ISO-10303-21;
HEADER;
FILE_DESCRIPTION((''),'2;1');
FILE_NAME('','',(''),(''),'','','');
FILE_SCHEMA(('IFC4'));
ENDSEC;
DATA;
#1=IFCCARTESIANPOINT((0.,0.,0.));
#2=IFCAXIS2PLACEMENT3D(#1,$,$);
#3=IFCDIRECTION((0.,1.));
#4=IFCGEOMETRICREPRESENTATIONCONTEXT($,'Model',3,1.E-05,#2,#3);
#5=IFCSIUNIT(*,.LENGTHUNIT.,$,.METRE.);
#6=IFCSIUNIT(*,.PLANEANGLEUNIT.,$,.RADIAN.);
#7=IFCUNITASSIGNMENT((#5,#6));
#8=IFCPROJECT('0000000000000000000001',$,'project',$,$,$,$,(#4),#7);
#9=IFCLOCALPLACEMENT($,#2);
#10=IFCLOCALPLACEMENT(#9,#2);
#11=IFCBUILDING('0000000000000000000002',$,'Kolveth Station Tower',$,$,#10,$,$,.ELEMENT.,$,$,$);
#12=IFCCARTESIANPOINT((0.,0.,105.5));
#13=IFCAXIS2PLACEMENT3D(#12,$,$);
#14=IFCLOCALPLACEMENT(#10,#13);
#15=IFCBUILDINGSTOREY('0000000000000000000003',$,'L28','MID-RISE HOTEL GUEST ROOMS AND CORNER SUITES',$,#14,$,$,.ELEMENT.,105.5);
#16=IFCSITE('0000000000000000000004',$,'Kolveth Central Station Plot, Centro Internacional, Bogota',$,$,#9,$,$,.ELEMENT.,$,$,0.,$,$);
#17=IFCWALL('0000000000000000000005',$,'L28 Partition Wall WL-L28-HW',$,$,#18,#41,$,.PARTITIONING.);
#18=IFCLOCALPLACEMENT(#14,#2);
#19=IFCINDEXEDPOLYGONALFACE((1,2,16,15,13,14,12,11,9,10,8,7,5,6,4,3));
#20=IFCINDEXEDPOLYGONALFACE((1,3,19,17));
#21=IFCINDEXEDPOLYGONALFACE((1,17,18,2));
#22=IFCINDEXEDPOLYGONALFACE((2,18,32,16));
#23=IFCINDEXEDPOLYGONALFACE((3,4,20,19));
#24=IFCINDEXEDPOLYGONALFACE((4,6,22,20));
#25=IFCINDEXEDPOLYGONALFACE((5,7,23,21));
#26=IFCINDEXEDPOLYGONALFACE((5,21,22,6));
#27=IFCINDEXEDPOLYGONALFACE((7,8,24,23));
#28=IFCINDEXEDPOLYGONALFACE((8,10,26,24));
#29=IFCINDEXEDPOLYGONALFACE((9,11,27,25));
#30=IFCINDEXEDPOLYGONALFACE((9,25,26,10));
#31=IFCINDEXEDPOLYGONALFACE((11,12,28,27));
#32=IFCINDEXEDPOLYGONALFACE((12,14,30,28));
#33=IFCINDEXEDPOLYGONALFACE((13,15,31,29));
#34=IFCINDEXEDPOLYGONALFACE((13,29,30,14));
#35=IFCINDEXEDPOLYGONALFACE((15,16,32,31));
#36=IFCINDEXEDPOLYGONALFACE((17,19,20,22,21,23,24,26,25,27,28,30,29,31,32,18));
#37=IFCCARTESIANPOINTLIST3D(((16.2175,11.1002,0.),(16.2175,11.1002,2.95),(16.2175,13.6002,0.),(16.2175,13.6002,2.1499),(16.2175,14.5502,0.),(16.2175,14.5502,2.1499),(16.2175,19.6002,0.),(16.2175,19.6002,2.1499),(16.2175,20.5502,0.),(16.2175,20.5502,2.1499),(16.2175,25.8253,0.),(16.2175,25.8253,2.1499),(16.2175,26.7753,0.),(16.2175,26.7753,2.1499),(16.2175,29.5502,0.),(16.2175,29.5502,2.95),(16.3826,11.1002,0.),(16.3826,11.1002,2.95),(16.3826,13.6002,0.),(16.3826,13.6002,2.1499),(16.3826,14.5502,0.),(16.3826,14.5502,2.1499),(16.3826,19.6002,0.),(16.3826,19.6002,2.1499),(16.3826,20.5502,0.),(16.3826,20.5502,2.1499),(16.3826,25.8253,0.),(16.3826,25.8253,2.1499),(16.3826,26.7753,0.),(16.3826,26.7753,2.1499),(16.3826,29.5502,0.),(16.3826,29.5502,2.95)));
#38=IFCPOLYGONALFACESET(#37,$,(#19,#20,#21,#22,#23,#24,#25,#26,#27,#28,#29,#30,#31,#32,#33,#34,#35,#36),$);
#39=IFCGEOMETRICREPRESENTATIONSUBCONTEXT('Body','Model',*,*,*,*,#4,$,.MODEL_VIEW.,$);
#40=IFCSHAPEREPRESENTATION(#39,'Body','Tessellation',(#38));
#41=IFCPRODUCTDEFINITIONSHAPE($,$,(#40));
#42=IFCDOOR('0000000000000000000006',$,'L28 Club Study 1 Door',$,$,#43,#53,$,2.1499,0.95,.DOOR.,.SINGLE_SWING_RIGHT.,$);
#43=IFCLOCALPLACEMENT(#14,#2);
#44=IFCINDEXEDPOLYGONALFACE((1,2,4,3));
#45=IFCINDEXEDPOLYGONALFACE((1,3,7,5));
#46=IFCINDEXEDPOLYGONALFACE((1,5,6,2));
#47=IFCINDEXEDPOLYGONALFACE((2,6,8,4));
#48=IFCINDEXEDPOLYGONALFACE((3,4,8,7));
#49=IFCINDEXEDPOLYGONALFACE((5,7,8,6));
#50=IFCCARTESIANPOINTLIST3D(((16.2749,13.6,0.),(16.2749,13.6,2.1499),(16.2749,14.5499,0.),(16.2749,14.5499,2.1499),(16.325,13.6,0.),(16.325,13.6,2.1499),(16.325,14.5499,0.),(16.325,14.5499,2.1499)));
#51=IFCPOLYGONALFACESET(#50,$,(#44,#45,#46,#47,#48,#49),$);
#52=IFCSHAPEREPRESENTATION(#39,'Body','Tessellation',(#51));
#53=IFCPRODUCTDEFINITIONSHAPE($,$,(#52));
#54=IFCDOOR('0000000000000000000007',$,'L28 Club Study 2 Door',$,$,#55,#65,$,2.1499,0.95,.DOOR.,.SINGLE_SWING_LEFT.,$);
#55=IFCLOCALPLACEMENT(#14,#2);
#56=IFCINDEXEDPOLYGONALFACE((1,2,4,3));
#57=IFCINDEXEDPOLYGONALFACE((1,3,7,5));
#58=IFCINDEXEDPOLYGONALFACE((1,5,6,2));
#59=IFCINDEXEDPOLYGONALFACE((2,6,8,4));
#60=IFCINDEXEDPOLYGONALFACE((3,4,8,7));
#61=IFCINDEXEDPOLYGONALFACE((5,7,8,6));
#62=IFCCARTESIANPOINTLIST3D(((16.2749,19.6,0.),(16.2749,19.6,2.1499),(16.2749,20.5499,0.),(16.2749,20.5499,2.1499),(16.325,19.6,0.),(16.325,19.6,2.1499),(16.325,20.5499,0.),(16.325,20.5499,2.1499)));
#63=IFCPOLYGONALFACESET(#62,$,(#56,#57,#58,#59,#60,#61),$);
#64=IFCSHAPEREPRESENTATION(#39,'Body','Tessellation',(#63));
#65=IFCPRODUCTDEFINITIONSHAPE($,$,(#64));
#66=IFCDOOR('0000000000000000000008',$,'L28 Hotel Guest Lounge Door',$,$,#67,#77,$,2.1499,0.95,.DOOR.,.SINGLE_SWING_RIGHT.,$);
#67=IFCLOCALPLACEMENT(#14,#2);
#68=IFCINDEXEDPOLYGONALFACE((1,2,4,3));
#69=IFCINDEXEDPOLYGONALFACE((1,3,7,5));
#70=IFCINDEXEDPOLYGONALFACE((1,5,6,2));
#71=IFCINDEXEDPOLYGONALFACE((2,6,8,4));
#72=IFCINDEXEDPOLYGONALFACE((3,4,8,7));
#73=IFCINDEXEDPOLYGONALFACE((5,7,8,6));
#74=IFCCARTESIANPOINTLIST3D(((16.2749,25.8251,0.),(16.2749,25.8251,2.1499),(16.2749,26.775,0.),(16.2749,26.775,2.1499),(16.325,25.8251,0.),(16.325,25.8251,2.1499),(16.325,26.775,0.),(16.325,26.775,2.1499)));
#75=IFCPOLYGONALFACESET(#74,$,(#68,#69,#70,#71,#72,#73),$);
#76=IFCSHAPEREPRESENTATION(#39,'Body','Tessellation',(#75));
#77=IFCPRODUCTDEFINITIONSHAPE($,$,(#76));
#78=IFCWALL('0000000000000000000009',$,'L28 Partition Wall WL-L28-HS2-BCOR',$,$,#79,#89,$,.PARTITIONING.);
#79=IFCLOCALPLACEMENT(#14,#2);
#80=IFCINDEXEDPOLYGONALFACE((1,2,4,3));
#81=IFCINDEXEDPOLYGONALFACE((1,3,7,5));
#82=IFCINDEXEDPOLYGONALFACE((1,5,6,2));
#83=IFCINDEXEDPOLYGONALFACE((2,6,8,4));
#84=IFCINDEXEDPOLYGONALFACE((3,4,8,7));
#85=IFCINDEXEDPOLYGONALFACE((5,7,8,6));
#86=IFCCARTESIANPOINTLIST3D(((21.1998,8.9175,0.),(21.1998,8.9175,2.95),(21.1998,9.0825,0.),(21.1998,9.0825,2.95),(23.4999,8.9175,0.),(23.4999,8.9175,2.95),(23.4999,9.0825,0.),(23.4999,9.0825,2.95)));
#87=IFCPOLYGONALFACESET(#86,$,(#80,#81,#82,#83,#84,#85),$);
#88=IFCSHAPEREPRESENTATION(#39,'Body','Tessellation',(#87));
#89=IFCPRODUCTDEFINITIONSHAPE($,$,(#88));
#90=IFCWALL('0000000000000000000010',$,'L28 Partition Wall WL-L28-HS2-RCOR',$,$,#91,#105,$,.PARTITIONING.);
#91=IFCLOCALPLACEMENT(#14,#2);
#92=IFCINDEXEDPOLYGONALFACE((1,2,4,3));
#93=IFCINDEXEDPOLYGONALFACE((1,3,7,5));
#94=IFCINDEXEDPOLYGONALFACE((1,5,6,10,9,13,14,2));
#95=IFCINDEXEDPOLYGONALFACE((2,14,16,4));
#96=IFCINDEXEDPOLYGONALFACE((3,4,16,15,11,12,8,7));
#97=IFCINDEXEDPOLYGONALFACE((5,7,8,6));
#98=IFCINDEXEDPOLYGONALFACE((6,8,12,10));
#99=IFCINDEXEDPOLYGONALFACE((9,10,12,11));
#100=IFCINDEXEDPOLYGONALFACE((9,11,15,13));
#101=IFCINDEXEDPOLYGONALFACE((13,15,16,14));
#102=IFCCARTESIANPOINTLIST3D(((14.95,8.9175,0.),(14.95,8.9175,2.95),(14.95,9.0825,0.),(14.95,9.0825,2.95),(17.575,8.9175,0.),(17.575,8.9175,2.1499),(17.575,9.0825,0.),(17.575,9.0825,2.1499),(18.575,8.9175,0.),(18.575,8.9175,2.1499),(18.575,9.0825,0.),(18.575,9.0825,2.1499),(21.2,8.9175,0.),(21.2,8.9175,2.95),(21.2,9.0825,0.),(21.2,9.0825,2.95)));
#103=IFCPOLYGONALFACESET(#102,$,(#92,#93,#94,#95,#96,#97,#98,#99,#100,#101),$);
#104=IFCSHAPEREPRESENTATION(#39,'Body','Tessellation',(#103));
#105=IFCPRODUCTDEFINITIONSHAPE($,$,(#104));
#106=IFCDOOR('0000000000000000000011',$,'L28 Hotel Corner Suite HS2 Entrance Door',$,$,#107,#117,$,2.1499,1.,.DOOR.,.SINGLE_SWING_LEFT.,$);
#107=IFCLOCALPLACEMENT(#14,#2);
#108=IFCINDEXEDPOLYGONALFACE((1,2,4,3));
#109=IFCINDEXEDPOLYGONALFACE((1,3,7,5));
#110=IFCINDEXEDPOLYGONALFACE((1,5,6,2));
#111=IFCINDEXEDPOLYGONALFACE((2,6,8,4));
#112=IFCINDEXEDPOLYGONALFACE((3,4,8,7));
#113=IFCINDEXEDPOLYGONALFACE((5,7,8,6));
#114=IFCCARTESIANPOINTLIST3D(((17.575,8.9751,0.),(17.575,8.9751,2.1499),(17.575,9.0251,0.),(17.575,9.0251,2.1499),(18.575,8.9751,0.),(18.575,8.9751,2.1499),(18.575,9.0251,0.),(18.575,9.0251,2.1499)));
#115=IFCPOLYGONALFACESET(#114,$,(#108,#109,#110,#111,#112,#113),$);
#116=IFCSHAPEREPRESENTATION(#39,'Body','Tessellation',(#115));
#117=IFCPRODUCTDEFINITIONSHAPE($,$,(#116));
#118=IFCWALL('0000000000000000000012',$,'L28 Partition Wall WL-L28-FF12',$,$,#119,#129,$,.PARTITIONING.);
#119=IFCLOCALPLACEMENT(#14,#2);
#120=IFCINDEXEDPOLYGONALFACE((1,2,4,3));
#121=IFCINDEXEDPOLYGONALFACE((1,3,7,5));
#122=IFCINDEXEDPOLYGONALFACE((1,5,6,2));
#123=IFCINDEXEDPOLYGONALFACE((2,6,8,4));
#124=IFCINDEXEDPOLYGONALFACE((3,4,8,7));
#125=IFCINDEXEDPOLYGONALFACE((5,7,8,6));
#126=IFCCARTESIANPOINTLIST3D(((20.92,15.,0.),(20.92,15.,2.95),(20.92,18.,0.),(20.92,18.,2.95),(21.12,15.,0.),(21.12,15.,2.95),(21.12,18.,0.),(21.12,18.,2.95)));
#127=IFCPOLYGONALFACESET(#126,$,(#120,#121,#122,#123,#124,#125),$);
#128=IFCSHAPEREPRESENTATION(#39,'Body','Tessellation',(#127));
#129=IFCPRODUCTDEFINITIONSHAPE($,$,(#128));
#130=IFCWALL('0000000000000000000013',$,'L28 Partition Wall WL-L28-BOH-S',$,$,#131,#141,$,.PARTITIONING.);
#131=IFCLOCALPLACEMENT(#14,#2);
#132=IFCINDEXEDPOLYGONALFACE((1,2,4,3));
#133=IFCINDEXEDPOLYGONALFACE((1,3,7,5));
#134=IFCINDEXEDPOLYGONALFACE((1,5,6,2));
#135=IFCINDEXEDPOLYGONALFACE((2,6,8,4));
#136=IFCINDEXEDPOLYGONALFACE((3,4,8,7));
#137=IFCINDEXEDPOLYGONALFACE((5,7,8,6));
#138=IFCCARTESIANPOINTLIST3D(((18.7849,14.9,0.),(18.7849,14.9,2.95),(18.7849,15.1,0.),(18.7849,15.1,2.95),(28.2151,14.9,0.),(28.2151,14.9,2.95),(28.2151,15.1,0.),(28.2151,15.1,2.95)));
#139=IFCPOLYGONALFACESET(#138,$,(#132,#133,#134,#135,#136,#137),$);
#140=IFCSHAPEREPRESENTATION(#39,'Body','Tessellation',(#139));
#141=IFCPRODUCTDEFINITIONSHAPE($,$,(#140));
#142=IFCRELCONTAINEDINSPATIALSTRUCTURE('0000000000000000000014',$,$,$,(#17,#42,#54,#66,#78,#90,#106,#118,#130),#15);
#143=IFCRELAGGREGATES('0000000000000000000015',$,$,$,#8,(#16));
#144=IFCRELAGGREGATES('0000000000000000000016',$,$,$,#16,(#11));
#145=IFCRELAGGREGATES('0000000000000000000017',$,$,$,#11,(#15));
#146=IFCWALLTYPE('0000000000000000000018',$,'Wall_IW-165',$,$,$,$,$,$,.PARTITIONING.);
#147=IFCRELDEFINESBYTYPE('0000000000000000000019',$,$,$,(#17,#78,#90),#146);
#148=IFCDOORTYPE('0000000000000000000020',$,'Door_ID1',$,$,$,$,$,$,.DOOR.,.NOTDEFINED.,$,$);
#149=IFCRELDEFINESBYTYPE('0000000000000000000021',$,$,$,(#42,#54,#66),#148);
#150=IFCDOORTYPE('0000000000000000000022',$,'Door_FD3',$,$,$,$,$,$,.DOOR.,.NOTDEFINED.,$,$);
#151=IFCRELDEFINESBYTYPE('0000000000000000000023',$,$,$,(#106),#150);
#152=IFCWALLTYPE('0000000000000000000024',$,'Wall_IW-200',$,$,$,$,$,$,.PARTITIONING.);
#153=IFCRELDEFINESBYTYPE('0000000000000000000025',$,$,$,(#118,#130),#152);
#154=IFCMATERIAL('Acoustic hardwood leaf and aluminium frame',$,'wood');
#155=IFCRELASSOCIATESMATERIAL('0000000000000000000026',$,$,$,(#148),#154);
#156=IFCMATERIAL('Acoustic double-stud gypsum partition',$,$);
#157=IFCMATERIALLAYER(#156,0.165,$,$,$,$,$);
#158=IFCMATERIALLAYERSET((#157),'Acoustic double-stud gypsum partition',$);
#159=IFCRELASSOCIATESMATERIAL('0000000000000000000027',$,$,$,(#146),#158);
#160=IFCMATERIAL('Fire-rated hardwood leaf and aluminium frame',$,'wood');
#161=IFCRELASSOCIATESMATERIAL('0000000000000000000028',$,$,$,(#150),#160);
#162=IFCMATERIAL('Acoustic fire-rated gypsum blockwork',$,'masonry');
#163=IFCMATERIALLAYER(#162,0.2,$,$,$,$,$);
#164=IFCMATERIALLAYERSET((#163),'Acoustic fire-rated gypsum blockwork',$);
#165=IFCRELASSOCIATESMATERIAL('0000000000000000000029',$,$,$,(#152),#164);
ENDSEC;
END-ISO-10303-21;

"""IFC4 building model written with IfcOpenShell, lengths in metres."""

from ifc_helpers import new_model, si_unit, direction, frame, frame_2d, origin, place, context, subcontext, project, spatial, rectangle, extrude, material, layer, layer_set, type_object, element, fill, save


model = new_model("IFC4")

# Units and contexts
model_context = context("Model", 3, precision=1e-05, world=origin(), true_north=direction((0.0, 1.0)))
body_context = subcontext(model_context, "Body", "Model", "MODEL_VIEW")
ifc_project = project(units=[si_unit("LENGTHUNIT", "METRE"), si_unit("PLANEANGLEUNIT", "RADIAN")], contexts=[model_context])

# Site, building, storey
site_placement = place(None, origin())
site = spatial("IfcSite", under=ifc_project, at=site_placement, Name="Kolveth Central Station Plot, Centro Internacional, Bogota", CompositionType="ELEMENT", RefElevation=0.0)
building_placement = place(site_placement, origin())
building = spatial("IfcBuilding", under=site, at=building_placement, Name="Kolveth Station Tower", CompositionType="ELEMENT")
storey_placement = place(building_placement, frame((0.0, 0.0, 105.5)))
storey = spatial("IfcBuildingStorey", under=building, at=storey_placement, Name="L28", Description="MID-RISE HOTEL GUEST ROOMS AND CORNER SUITES", CompositionType="ELEMENT", Elevation=105.5)

# Shared definitions
ifc_material_1 = material(Name="Acoustic hardwood leaf and aluminium frame", Category="wood")
door_type_1 = type_object("IfcDoorType", Name="Door_ID1", OperationType="NOTDEFINED", PredefinedType="DOOR", material=ifc_material_1)

# Wall, openings, doors
ifc_material_2 = material(Name="Acoustic double-stud gypsum partition")
ifc_layer_1 = layer(ifc_material_2, 0.165)
ifc_layer_set_1 = layer_set([ifc_layer_1], Name="Acoustic double-stud gypsum partition")
wall_type_1 = type_object("IfcWallType", Name="Wall_IW-165", PredefinedType="PARTITIONING", material=ifc_layer_set_1)
wall_1_placement = place(storey_placement, frame((16.3, 11.1001, 0.0), z_axis=(0.0, 0.0, 1.0), x_axis=(0.0, 1.0, 0.0)))
wall_1 = element("IfcWall", 1, at=wall_1_placement, inside=storey, type_object=wall_type_1, Name="L28 Partition Wall WL-L28-HW", PredefinedType="PARTITIONING", context=body_context, shape_type="SweptSolid", body=[
    extrude(rectangle(XDim=18.45, YDim=0.165, at=frame_2d((9.2251, 0.0))), origin(), (0.0, 0.0, 1.0), 2.95),
])
opening_1_placement = place(wall_1_placement, frame((2.5, 0.0, 0.0)))
opening_1 = element("IfcOpeningElement", 2, at=opening_1_placement, cuts=wall_1, PredefinedType="OPENING", context=body_context, shape_type="SweptSolid", body=[
    extrude(rectangle(XDim=0.95, YDim=2.1499, at=frame_2d((0.4751, 1.075))), frame((0.0, 0.0925, 0.0), z_axis=(0.0, -1.0, 0.0), x_axis=(1.0, 0.0, 0.0)), (0.0, 0.0, 1.0), 0.1851),
])
opening_2_placement = place(wall_1_placement, frame((8.5, 0.0, 0.0)))
opening_2 = element("IfcOpeningElement", 3, at=opening_2_placement, cuts=wall_1, PredefinedType="OPENING", context=body_context, shape_type="SweptSolid", body=[
    extrude(rectangle(XDim=0.95, YDim=2.1499, at=frame_2d((0.4751, 1.075))), frame((0.0, 0.0925, 0.0), z_axis=(0.0, -1.0, 0.0), x_axis=(1.0, 0.0, 0.0)), (0.0, 0.0, 1.0), 0.1851),
])
opening_3_placement = place(wall_1_placement, frame((14.7251, 0.0, 0.0)))
opening_3 = element("IfcOpeningElement", 4, at=opening_3_placement, cuts=wall_1, PredefinedType="OPENING", context=body_context, shape_type="SweptSolid", body=[
    extrude(rectangle(XDim=0.95, YDim=2.1499, at=frame_2d((0.4751, 1.075))), frame((0.0, 0.0925, 0.0), z_axis=(0.0, -1.0, 0.0), x_axis=(1.0, 0.0, 0.0)), (0.0, 0.0, 1.0), 0.1851),
])
door_1_placement = place(opening_1_placement, frame((0.95, 0.0, 0.0), z_axis=(0.0, 0.0, 1.0), x_axis=(-1.0, 0.0, 0.0)))
door_1 = element("IfcDoor", 5, at=door_1_placement, inside=storey, type_object=door_type_1, Name="L28 Club Study 1 Door", OperationType="SINGLE_SWING_RIGHT", OverallHeight=2.1499, OverallWidth=0.95, PredefinedType="DOOR", context=body_context, shape_type="SweptSolid", body=[
    extrude(rectangle(XDim=0.95, YDim=2.1499, at=frame_2d((0.4751, 1.075))), frame((0.0, 0.0249, 0.0), z_axis=(0.0, -1.0, 0.0), x_axis=(1.0, 0.0, 0.0)), (0.0, 0.0, 1.0), 0.05),
])
fill(opening_1, door_1)
door_2_placement = place(opening_2_placement, frame((0.95, 0.0, 0.0), z_axis=(0.0, 0.0, 1.0), x_axis=(-1.0, 0.0, 0.0)))
door_2 = element("IfcDoor", 6, at=door_2_placement, inside=storey, type_object=door_type_1, Name="L28 Club Study 2 Door", OperationType="SINGLE_SWING_LEFT", OverallHeight=2.1499, OverallWidth=0.95, PredefinedType="DOOR", context=body_context, shape_type="SweptSolid", body=[
    extrude(rectangle(XDim=0.95, YDim=2.1499, at=frame_2d((0.4751, 1.075))), frame((0.0, 0.0249, 0.0), z_axis=(0.0, -1.0, 0.0), x_axis=(1.0, 0.0, 0.0)), (0.0, 0.0, 1.0), 0.05),
])
fill(opening_2, door_2)
door_3_placement = place(opening_3_placement, frame((0.95, 0.0, 0.0), z_axis=(0.0, 0.0, 1.0), x_axis=(-1.0, 0.0, 0.0)))
door_3 = element("IfcDoor", 7, at=door_3_placement, inside=storey, type_object=door_type_1, Name="L28 Hotel Guest Lounge Door", OperationType="SINGLE_SWING_RIGHT", OverallHeight=2.1499, OverallWidth=0.95, PredefinedType="DOOR", context=body_context, shape_type="SweptSolid", body=[
    extrude(rectangle(XDim=0.95, YDim=2.1499, at=frame_2d((0.4751, 1.075))), frame((0.0, 0.0249, 0.0), z_axis=(0.0, -1.0, 0.0), x_axis=(1.0, 0.0, 0.0)), (0.0, 0.0, 1.0), 0.05),
])
fill(opening_3, door_3)

# Wall
wall_2_placement = place(storey_placement, frame((21.2, 9.0, 0.0), z_axis=(0.0, 0.0, 1.0), x_axis=(1.0, 0.0, 0.0)))
element("IfcWall", 8, at=wall_2_placement, inside=storey, type_object=wall_type_1, Name="L28 Partition Wall WL-L28-HS2-BCOR", PredefinedType="PARTITIONING", context=body_context, shape_type="SweptSolid", body=[
    extrude(rectangle(XDim=2.3, YDim=0.165, at=frame_2d((1.1499, 0.0))), origin(), (0.0, 0.0, 1.0), 2.95),
])

# Wall, opening, door
wall_3_placement = place(storey_placement, frame((14.95, 9.0, 0.0), z_axis=(0.0, 0.0, 1.0), x_axis=(1.0, 0.0, 0.0)))
wall_3 = element("IfcWall", 9, at=wall_3_placement, inside=storey, type_object=wall_type_1, Name="L28 Partition Wall WL-L28-HS2-RCOR", PredefinedType="PARTITIONING", context=body_context, shape_type="SweptSolid", body=[
    extrude(rectangle(XDim=6.25, YDim=0.165, at=frame_2d((3.125, 0.0))), origin(), (0.0, 0.0, 1.0), 2.95),
])
opening_4_placement = place(wall_3_placement, frame((2.625, 0.0, 0.0)))
opening_4 = element("IfcOpeningElement", 10, at=opening_4_placement, cuts=wall_3, PredefinedType="OPENING", context=body_context, shape_type="SweptSolid", body=[
    extrude(rectangle(XDim=1.0, YDim=2.1499, at=frame_2d((0.5, 1.075))), frame((0.0, 0.0925, 0.0), z_axis=(0.0, -1.0, 0.0), x_axis=(1.0, 0.0, 0.0)), (0.0, 0.0, 1.0), 0.1851),
])
ifc_material_3 = material(Name="Fire-rated hardwood leaf and aluminium frame", Category="wood")
door_type_2 = type_object("IfcDoorType", Name="Door_FD3", OperationType="NOTDEFINED", PredefinedType="DOOR", material=ifc_material_3)
door_4_placement = place(opening_4_placement, frame((1.0, 0.0, 0.0), z_axis=(0.0, 0.0, 1.0), x_axis=(-1.0, 0.0, 0.0)))
door_4 = element("IfcDoor", 11, at=door_4_placement, inside=storey, type_object=door_type_2, Name="L28 Hotel Corner Suite HS2 Entrance Door", OperationType="SINGLE_SWING_LEFT", OverallHeight=2.1499, OverallWidth=1.0, PredefinedType="DOOR", context=body_context, shape_type="SweptSolid", body=[
    extrude(rectangle(XDim=1.0, YDim=2.1499, at=frame_2d((0.5, 1.075))), frame((0.0, 0.0249, 0.0), z_axis=(0.0, -1.0, 0.0), x_axis=(1.0, 0.0, 0.0)), (0.0, 0.0, 1.0), 0.05),
])
fill(opening_4, door_4)

# Walls
ifc_material_4 = material(Name="Acoustic fire-rated gypsum blockwork", Category="masonry")
ifc_layer_2 = layer(ifc_material_4, 0.2)
ifc_layer_set_2 = layer_set([ifc_layer_2], Name="Acoustic fire-rated gypsum blockwork")
wall_type_2 = type_object("IfcWallType", Name="Wall_IW-200", PredefinedType="PARTITIONING", material=ifc_layer_set_2)
wall_4_placement = place(storey_placement, frame((21.02, 15.0, 0.0), z_axis=(0.0, 0.0, 1.0), x_axis=(0.0, 1.0, 0.0)))
element("IfcWall", 12, at=wall_4_placement, inside=storey, type_object=wall_type_2, Name="L28 Partition Wall WL-L28-FF12", PredefinedType="PARTITIONING", context=body_context, shape_type="SweptSolid", body=[
    extrude(rectangle(XDim=3.0, YDim=0.2, at=frame_2d((1.5, 0.0))), origin(), (0.0, 0.0, 1.0), 2.95),
])
wall_5_placement = place(storey_placement, frame((18.7849, 15.0, 0.0), z_axis=(0.0, 0.0, 1.0), x_axis=(1.0, 0.0, 0.0)))
element("IfcWall", 13, at=wall_5_placement, inside=storey, type_object=wall_type_2, Name="L28 Partition Wall WL-L28-BOH-S", PredefinedType="PARTITIONING", context=body_context, shape_type="SweptSolid", body=[
    extrude(rectangle(XDim=9.4302, YDim=0.2, at=frame_2d((4.7151, 0.0))), origin(), (0.0, 0.0, 1.0), 2.95),
])

save(model, "model.ifc")
